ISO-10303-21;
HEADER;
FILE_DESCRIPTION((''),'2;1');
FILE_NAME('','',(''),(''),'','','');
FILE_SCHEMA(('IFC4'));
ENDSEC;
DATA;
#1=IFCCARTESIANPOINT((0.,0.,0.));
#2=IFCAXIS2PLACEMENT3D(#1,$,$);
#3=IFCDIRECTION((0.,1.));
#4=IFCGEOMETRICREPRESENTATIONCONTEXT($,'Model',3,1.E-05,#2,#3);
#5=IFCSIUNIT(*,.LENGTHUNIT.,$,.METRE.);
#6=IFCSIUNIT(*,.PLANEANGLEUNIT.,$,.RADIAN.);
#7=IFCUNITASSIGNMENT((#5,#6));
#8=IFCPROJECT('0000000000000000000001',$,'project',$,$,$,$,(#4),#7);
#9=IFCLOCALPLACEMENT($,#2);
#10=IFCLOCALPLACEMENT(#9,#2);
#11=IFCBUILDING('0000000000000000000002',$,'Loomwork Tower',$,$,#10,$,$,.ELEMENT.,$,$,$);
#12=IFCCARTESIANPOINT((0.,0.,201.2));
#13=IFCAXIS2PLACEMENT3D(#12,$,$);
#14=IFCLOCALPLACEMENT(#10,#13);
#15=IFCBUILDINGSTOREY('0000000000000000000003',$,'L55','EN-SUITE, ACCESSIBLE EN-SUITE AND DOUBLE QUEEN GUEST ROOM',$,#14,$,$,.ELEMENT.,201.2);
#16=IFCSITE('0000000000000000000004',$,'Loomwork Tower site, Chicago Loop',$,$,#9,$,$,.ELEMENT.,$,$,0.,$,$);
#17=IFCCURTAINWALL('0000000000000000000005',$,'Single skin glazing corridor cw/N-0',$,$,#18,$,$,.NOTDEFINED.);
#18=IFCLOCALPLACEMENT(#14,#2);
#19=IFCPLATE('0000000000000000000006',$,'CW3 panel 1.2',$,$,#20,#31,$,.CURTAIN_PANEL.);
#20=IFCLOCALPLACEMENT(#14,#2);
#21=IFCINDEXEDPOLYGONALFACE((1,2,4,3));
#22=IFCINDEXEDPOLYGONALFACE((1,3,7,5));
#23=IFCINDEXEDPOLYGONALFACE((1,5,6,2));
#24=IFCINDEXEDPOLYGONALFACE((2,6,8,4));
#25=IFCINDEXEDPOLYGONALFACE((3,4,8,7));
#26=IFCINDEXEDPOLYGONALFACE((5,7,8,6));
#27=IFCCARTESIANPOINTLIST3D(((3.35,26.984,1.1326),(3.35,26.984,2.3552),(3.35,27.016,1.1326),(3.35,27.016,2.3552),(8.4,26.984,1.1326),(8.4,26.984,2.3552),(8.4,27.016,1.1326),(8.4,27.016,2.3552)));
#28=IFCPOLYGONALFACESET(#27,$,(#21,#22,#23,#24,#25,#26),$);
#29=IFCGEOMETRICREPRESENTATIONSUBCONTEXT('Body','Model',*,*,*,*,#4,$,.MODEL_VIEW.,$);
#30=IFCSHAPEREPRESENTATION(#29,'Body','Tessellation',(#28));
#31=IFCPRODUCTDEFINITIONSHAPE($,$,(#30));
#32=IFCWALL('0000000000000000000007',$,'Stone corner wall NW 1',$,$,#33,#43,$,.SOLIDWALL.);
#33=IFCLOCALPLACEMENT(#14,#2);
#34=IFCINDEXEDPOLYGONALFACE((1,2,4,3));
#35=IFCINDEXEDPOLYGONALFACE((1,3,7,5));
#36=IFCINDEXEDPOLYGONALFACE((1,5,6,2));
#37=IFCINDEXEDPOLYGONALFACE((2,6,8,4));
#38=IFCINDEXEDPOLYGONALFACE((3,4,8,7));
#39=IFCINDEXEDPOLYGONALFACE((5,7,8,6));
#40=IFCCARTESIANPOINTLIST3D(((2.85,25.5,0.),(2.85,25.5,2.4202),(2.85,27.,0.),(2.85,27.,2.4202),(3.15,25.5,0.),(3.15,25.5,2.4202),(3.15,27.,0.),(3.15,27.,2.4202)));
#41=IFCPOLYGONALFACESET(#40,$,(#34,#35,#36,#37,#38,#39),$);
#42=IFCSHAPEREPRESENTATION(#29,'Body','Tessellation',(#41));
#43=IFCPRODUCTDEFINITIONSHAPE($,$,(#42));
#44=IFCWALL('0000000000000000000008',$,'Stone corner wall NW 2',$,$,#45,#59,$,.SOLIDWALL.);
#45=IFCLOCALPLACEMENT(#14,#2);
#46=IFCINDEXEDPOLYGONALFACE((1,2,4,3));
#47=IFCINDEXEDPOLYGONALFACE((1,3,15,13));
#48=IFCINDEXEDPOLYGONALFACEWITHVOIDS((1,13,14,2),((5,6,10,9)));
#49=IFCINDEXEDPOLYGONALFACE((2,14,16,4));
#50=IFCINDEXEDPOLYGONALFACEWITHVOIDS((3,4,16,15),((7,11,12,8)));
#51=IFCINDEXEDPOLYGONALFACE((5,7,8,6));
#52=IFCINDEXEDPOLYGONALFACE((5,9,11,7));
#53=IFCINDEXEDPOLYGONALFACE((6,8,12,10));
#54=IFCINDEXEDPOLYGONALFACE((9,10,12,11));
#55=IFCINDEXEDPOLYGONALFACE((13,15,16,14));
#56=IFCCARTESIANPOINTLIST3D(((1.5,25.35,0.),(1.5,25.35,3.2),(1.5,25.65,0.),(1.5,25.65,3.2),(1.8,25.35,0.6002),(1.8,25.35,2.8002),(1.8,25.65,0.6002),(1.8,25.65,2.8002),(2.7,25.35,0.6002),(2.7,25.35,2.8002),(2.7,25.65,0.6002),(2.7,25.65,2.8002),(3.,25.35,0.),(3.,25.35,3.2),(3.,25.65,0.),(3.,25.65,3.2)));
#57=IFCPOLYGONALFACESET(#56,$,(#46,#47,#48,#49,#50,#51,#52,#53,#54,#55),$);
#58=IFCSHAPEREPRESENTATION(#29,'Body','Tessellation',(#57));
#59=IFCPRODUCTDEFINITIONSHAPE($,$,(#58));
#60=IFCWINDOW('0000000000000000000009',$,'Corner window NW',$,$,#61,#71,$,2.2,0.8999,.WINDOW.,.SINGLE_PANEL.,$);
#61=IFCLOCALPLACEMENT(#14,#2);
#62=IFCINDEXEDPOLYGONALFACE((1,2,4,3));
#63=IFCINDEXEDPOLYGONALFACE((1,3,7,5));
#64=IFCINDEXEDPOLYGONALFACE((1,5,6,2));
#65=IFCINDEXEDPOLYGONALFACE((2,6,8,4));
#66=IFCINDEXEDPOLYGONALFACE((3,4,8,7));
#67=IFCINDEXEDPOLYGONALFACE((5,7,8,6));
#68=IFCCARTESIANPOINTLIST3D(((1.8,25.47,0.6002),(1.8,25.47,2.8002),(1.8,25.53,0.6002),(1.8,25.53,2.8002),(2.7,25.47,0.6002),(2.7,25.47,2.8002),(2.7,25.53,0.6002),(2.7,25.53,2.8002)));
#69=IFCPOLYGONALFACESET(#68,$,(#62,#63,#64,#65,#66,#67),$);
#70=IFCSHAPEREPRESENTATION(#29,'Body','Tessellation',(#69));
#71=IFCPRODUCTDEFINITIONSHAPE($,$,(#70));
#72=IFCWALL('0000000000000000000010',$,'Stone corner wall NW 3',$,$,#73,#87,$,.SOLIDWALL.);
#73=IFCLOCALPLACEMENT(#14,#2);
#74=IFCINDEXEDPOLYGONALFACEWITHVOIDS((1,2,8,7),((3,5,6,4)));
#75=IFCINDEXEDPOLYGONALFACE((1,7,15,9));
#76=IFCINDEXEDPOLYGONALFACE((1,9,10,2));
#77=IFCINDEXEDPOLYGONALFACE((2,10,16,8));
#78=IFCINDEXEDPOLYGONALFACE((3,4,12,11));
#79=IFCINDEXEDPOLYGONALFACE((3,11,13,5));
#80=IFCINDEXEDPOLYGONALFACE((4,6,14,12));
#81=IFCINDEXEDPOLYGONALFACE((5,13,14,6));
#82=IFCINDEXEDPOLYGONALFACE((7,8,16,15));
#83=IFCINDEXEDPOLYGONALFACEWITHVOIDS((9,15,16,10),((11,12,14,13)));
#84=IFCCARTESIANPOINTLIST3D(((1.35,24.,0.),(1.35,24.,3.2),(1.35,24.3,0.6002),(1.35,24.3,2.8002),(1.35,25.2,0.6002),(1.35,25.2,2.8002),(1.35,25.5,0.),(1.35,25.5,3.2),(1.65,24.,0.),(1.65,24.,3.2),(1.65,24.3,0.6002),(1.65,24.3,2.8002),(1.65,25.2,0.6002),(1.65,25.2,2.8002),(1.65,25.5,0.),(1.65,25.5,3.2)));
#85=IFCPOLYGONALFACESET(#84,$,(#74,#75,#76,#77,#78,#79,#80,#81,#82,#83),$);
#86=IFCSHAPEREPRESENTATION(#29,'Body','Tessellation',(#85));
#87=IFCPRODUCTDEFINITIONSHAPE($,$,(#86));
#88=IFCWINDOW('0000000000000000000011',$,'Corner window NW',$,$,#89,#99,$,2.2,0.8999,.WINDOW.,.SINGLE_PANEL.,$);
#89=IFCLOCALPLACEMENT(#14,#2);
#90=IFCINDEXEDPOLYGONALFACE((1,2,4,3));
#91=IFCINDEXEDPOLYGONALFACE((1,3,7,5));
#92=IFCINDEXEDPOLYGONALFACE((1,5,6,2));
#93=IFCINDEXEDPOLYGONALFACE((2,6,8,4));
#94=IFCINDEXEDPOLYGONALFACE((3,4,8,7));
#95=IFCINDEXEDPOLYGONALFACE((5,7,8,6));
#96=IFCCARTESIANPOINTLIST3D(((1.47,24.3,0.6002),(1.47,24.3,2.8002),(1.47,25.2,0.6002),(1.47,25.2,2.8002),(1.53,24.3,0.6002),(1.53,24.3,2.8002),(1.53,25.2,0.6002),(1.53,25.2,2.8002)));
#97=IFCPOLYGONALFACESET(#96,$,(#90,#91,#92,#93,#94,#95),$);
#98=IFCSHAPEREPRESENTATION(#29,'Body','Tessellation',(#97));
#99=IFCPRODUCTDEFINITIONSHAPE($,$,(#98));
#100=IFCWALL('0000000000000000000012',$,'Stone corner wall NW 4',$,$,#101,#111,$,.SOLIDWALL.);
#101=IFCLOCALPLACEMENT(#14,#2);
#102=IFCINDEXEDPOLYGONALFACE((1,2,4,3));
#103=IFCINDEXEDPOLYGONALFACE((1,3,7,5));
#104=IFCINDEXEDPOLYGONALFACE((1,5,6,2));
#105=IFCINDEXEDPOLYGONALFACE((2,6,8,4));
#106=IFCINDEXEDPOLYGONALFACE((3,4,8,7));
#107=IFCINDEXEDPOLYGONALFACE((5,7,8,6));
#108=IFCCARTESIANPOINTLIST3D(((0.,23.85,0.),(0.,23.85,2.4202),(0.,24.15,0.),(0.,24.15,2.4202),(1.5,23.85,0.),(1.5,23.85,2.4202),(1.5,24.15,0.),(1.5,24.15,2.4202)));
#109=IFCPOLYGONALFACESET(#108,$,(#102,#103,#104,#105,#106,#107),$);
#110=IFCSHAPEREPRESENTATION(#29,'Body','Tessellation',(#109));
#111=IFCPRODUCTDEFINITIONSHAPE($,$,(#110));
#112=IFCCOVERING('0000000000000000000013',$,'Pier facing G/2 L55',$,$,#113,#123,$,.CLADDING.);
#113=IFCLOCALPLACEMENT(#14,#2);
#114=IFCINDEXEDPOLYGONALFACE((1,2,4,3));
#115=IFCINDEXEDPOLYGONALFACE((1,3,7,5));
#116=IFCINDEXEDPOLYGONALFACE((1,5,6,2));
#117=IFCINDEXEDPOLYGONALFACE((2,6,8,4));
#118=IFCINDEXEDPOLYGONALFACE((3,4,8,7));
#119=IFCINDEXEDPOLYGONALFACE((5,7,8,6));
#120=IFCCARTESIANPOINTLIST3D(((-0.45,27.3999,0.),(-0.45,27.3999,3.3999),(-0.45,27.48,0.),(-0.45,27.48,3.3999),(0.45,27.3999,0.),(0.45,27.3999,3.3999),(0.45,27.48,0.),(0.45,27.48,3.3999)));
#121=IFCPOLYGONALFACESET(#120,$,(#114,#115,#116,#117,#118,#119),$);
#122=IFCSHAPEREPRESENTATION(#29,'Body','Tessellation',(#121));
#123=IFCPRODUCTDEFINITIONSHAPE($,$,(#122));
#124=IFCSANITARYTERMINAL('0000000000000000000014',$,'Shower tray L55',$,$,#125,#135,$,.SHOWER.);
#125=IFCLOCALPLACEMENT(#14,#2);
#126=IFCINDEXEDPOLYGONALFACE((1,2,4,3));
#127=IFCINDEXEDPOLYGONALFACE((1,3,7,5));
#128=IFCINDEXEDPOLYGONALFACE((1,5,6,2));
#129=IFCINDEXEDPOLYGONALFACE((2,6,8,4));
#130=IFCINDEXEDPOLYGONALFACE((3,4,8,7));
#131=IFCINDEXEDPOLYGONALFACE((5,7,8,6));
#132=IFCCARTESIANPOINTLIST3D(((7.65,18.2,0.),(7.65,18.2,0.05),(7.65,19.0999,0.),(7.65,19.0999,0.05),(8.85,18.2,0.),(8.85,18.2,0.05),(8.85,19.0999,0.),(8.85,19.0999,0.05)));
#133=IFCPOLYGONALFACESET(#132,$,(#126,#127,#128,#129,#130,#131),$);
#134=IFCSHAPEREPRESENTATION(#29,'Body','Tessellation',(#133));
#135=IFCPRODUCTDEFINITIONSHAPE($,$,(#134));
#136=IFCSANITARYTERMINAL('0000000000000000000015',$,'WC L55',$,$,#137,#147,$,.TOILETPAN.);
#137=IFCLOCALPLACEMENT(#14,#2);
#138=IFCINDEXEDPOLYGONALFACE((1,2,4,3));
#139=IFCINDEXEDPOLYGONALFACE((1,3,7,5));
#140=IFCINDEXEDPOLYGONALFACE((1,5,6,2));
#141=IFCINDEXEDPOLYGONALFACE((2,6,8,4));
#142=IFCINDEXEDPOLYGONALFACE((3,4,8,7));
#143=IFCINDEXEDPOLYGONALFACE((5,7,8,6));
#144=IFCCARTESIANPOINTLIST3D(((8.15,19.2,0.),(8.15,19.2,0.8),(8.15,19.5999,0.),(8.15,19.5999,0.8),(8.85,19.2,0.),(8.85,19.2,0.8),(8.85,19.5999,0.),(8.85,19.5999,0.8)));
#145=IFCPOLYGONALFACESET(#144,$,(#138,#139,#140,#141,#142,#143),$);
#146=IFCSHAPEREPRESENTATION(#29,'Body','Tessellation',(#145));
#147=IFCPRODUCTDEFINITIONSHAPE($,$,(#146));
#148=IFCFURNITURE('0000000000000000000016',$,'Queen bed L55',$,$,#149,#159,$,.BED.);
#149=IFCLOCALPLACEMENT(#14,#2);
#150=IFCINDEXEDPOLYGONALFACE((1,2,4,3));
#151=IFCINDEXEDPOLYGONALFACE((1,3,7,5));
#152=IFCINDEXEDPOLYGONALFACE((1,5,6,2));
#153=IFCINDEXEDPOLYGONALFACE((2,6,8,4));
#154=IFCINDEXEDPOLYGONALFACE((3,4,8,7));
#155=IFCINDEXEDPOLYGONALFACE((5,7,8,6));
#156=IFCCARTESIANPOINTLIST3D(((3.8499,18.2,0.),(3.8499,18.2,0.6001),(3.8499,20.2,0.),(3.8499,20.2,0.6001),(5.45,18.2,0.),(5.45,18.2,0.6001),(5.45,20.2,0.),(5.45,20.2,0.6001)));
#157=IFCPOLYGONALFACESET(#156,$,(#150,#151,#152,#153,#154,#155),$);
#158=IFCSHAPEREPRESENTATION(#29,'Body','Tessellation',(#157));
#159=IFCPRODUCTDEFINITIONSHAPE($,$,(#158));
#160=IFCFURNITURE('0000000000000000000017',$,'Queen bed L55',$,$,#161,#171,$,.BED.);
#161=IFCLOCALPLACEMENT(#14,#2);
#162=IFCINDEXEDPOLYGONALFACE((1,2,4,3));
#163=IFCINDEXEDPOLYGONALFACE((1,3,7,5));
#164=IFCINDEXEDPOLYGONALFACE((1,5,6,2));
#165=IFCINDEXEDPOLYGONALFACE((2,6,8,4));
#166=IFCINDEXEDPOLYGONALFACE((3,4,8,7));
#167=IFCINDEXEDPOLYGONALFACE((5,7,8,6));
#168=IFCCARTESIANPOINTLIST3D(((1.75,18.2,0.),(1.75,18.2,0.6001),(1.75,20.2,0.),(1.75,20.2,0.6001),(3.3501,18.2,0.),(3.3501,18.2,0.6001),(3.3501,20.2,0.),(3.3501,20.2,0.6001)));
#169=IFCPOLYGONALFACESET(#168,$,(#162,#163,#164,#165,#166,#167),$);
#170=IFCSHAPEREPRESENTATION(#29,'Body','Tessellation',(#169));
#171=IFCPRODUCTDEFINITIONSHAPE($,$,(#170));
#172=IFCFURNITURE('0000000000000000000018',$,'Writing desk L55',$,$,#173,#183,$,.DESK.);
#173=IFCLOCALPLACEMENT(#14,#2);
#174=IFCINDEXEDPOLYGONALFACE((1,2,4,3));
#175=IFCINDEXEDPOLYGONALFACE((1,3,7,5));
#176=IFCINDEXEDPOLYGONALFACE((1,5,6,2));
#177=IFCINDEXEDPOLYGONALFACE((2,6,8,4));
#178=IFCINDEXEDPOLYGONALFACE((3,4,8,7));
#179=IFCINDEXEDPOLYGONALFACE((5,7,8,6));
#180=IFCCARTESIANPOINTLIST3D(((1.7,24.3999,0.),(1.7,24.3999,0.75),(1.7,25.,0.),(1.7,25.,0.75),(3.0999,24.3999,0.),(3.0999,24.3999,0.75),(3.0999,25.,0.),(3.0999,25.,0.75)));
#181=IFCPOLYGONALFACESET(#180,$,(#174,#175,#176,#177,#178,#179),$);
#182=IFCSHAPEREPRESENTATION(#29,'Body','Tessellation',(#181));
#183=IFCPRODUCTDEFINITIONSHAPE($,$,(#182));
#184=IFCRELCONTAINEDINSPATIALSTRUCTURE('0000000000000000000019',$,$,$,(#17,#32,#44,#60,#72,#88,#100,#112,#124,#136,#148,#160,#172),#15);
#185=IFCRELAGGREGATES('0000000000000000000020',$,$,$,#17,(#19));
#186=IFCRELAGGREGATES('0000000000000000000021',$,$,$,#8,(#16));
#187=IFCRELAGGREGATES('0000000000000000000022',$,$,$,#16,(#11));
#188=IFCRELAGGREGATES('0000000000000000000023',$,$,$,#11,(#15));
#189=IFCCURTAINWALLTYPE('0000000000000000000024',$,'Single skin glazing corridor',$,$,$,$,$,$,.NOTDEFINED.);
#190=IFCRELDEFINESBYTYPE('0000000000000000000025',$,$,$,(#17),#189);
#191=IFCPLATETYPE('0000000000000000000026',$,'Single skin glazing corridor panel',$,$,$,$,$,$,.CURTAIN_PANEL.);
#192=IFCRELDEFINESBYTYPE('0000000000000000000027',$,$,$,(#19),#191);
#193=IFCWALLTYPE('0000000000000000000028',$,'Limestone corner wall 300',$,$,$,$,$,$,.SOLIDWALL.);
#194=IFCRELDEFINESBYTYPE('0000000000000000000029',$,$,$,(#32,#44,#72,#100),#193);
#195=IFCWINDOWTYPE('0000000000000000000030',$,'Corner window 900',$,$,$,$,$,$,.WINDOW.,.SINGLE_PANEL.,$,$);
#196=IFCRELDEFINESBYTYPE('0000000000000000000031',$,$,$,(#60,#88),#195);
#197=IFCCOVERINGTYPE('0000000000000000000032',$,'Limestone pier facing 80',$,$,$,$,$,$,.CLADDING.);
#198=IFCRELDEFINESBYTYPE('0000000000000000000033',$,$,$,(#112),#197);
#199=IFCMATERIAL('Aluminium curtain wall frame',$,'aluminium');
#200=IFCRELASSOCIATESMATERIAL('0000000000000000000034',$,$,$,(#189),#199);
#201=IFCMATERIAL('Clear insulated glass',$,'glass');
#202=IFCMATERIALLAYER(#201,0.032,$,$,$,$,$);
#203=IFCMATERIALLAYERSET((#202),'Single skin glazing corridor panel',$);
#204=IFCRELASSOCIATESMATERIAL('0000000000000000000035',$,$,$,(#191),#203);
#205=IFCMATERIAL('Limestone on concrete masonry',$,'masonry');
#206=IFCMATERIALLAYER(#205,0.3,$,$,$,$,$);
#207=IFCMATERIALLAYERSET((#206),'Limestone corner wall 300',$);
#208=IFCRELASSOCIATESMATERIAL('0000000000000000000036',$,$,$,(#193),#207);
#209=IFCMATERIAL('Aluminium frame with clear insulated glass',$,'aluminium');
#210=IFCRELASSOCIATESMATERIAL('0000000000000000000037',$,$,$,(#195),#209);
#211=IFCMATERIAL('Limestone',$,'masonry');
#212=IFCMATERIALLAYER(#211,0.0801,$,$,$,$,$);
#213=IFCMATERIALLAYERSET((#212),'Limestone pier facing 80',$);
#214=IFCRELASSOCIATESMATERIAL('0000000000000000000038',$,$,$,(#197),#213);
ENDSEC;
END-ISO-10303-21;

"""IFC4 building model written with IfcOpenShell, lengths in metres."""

from ifc_helpers import new_model, si_unit, direction, frame, frame_2d, origin, origin_2d, place, context, subcontext, project, spatial, rectangle, extrude, material, layer, layer_set, type_object, element, fill, aggregate, save


model = new_model("IFC4")

# Units and contexts
model_context = context("Model", 3, precision=1e-05, world=origin(), true_north=direction((0.0, 1.0)))
body_context = subcontext(model_context, "Body", "Model", "MODEL_VIEW")
ifc_project = project(units=[si_unit("LENGTHUNIT", "METRE"), si_unit("PLANEANGLEUNIT", "RADIAN")], contexts=[model_context])

# Site, building, storey
site_placement = place(None, origin())
site = spatial("IfcSite", under=ifc_project, at=site_placement, Name="Loomwork Tower site, Chicago Loop", CompositionType="ELEMENT", RefElevation=0.0)
building_placement = place(site_placement, origin())
building = spatial("IfcBuilding", under=site, at=building_placement, Name="Loomwork Tower", CompositionType="ELEMENT")
storey_placement = place(building_placement, frame((0.0, 0.0, 201.2)))
storey = spatial("IfcBuildingStorey", under=building, at=storey_placement, Name="L55", Description="EN-SUITE, ACCESSIBLE EN-SUITE AND DOUBLE QUEEN GUEST ROOM", CompositionType="ELEMENT", Elevation=201.2)

# Curtain wall
ifc_material_1 = material(Name="Aluminium curtain wall frame", Category="aluminium")
curtain_wall_type_1 = type_object("IfcCurtainWallType", Name="Single skin glazing corridor", PredefinedType="NOTDEFINED", material=ifc_material_1)
curtain_wall_1_placement = place(storey_placement, origin())
curtain_wall_1 = element("IfcCurtainWall", 1, at=curtain_wall_1_placement, inside=storey, type_object=curtain_wall_type_1, Name="Single skin glazing corridor cw/N-0", PredefinedType="NOTDEFINED")

# Plate
ifc_material_2 = material(Name="Clear insulated glass", Category="glass")
ifc_layer_1 = layer(ifc_material_2, 0.032)
ifc_layer_set_1 = layer_set([ifc_layer_1], Name="Single skin glazing corridor panel")
plate_type_1 = type_object("IfcPlateType", Name="Single skin glazing corridor panel", PredefinedType="CURTAIN_PANEL", material=ifc_layer_set_1)
plate_1_placement = place(storey_placement, frame((5.875, 27.0, 1.1326), z_axis=(0.0, 0.0, 1.0), x_axis=(-1.0, 0.0, 0.0)))
plate_1 = element("IfcPlate", 2, at=plate_1_placement, type_object=plate_type_1, Name="CW3 panel 1.2", PredefinedType="CURTAIN_PANEL", context=body_context, shape_type="SweptSolid", body=[
    extrude(rectangle(XDim=5.05, YDim=0.032, at=origin_2d()), origin(), (0.0, 0.0, 1.0), 1.2227),
])
aggregate(curtain_wall_1, [plate_1])

# Wall
ifc_material_3 = material(Name="Limestone on concrete masonry", Category="masonry")
ifc_layer_2 = layer(ifc_material_3, 0.3)
ifc_layer_set_2 = layer_set([ifc_layer_2], Name="Limestone corner wall 300")
wall_type = type_object("IfcWallType", Name="Limestone corner wall 300", PredefinedType="SOLIDWALL", material=ifc_layer_set_2)
wall_1_placement = place(storey_placement, frame((3.0, 27.0, 0.0), z_axis=(0.0, 0.0, 1.0), x_axis=(0.0, -1.0, 0.0)))
element("IfcWall", 3, at=wall_1_placement, inside=storey, type_object=wall_type, Name="Stone corner wall NW 1", PredefinedType="SOLIDWALL", context=body_context, shape_type="SweptSolid", body=[
    extrude(rectangle(XDim=1.5, YDim=0.3, at=frame_2d((0.75, 0.0))), origin(), (0.0, 0.0, 1.0), 2.4202),
])

# Walls, openings, windows
wall_2_placement = place(storey_placement, frame((3.0, 25.5, 0.0), z_axis=(0.0, 0.0, 1.0), x_axis=(-1.0, 0.0, 0.0)))
wall_2 = element("IfcWall", 4, at=wall_2_placement, inside=storey, type_object=wall_type, Name="Stone corner wall NW 2", PredefinedType="SOLIDWALL", context=body_context, shape_type="SweptSolid", body=[
    extrude(rectangle(XDim=1.5, YDim=0.3, at=frame_2d((0.75, 0.0))), origin(), (0.0, 0.0, 1.0), 3.2),
])
opening_1_placement = place(wall_2_placement, frame((0.3, 0.0, 0.6001)))
opening_1 = element("IfcOpeningElement", 5, at=opening_1_placement, cuts=wall_2, PredefinedType="OPENING", context=body_context, shape_type="SweptSolid", body=[
    extrude(rectangle(XDim=0.8999, YDim=2.2, at=frame_2d((0.45, 1.1001))), frame((0.0, 0.1599, 0.0), z_axis=(0.0, -1.0, 0.0), x_axis=(1.0, 0.0, 0.0)), (0.0, 0.0, 1.0), 0.3201),
])
ifc_material_4 = material(Name="Aluminium frame with clear insulated glass", Category="aluminium")
window_type = type_object("IfcWindowType", Name="Corner window 900", PartitioningType="SINGLE_PANEL", PredefinedType="WINDOW", material=ifc_material_4)
window_1_placement = place(opening_1_placement, origin())
window_1 = element("IfcWindow", 6, at=window_1_placement, inside=storey, type_object=window_type, Name="Corner window NW", OverallHeight=2.2, OverallWidth=0.8999, PartitioningType="SINGLE_PANEL", PredefinedType="WINDOW", context=body_context, shape_type="SweptSolid", body=[
    extrude(rectangle(XDim=0.8999, YDim=2.2, at=frame_2d((0.45, 1.1001))), frame((0.0, 0.03, 0.0), z_axis=(0.0, -1.0, 0.0), x_axis=(1.0, 0.0, 0.0)), (0.0, 0.0, 1.0), 0.0601),
])
fill(opening_1, window_1)
wall_3_placement = place(storey_placement, frame((1.5, 25.5, 0.0), z_axis=(0.0, 0.0, 1.0), x_axis=(0.0, -1.0, 0.0)))
wall_3 = element("IfcWall", 7, at=wall_3_placement, inside=storey, type_object=wall_type, Name="Stone corner wall NW 3", PredefinedType="SOLIDWALL", context=body_context, shape_type="SweptSolid", body=[
    extrude(rectangle(XDim=1.5, YDim=0.3, at=frame_2d((0.75, 0.0))), origin(), (0.0, 0.0, 1.0), 3.2),
])
opening_2_placement = place(wall_3_placement, frame((0.3, 0.0, 0.6001)))
opening_2 = element("IfcOpeningElement", 8, at=opening_2_placement, cuts=wall_3, PredefinedType="OPENING", context=body_context, shape_type="SweptSolid", body=[
    extrude(rectangle(XDim=0.8999, YDim=2.2, at=frame_2d((0.45, 1.1001))), frame((0.0, 0.1599, 0.0), z_axis=(0.0, -1.0, 0.0), x_axis=(1.0, 0.0, 0.0)), (0.0, 0.0, 1.0), 0.3201),
])
window_2_placement = place(opening_2_placement, origin())
window_2 = element("IfcWindow", 9, at=window_2_placement, inside=storey, type_object=window_type, Name="Corner window NW", OverallHeight=2.2, OverallWidth=0.8999, PartitioningType="SINGLE_PANEL", PredefinedType="WINDOW", context=body_context, shape_type="SweptSolid", body=[
    extrude(rectangle(XDim=0.8999, YDim=2.2, at=frame_2d((0.45, 1.1001))), frame((0.0, 0.03, 0.0), z_axis=(0.0, -1.0, 0.0), x_axis=(1.0, 0.0, 0.0)), (0.0, 0.0, 1.0), 0.0601),
])
fill(opening_2, window_2)

# Wall
wall_4_placement = place(storey_placement, frame((1.5, 24.0, 0.0), z_axis=(0.0, 0.0, 1.0), x_axis=(-1.0, 0.0, 0.0)))
element("IfcWall", 10, at=wall_4_placement, inside=storey, type_object=wall_type, Name="Stone corner wall NW 4", PredefinedType="SOLIDWALL", context=body_context, shape_type="SweptSolid", body=[
    extrude(rectangle(XDim=1.5, YDim=0.3, at=frame_2d((0.75, 0.0))), origin(), (0.0, 0.0, 1.0), 2.4202),
])

# Covering
ifc_material_5 = material(Name="Limestone", Category="masonry")
ifc_layer_3 = layer(ifc_material_5, 0.0801)
ifc_layer_set_3 = layer_set([ifc_layer_3], Name="Limestone pier facing 80")
covering_type = type_object("IfcCoveringType", Name="Limestone pier facing 80", PredefinedType="CLADDING", material=ifc_layer_set_3)
covering_placement = place(storey_placement, frame((0.0, 27.4399, 0.0), z_axis=(0.0, 0.0, 1.0), x_axis=(1.0, 0.0, 0.0)))
element("IfcCovering", 11, at=covering_placement, inside=storey, type_object=covering_type, Name="Pier facing G/2 L55", PredefinedType="CLADDING", context=body_context, shape_type="SweptSolid", body=[
    extrude(rectangle(XDim=0.8999, YDim=0.0801, at=origin_2d()), origin(), (0.0, 0.0, 1.0), 3.3999),
])

# Sanitary terminals
sanitary_terminal_1_placement = place(storey_placement, frame((8.25, 18.6499, 0.0), z_axis=(0.0, 0.0, 1.0), x_axis=(1.0, 0.0, 0.0)))
element("IfcSanitaryTerminal", 12, at=sanitary_terminal_1_placement, inside=storey, Name="Shower tray L55", PredefinedType="SHOWER", context=body_context, shape_type="SweptSolid", body=[
    extrude(rectangle(XDim=1.2, YDim=0.8999, at=origin_2d()), origin(), (0.0, 0.0, 1.0), 0.05),
])
sanitary_terminal_2_placement = place(storey_placement, frame((8.5, 19.3999, 0.0), z_axis=(0.0, 0.0, 1.0), x_axis=(1.0, 0.0, 0.0)))
element("IfcSanitaryTerminal", 13, at=sanitary_terminal_2_placement, inside=storey, Name="WC L55", PredefinedType="TOILETPAN", context=body_context, shape_type="SweptSolid", body=[
    extrude(rectangle(XDim=0.7, YDim=0.3999, at=origin_2d()), origin(), (0.0, 0.0, 1.0), 0.8),
])

# Furniture
for number, where, z_axis, x_axis, name in (
    (14, (4.6499, 19.2, 0.0), (0.0, 0.0, 1.0), (1.0, 0.0, 0.0), "Queen bed L55"),
    (15, (2.55, 19.2, 0.0), (0.0, 0.0, 1.0), (1.0, 0.0, 0.0), "Queen bed L55"),
):
    element("IfcFurniture", number, at=place(storey_placement, frame(where, z_axis=z_axis, x_axis=x_axis)), inside=storey, Name=name, PredefinedType="BED", context=body_context, shape_type="SweptSolid", body=[
        extrude(rectangle(XDim=1.6001, YDim=2.0, at=origin_2d()), origin(), (0.0, 0.0, 1.0), 0.6001),
    ])
furniture_1_placement = place(storey_placement, frame((2.3999, 24.7, 0.0), z_axis=(0.0, 0.0, 1.0), x_axis=(1.0, 0.0, 0.0)))
element("IfcFurniture", 16, at=furniture_1_placement, inside=storey, Name="Writing desk L55", PredefinedType="DESK", context=body_context, shape_type="SweptSolid", body=[
    extrude(rectangle(XDim=1.3999, YDim=0.6001, at=origin_2d()), origin(), (0.0, 0.0, 1.0), 0.75),
])

save(model, "model.ifc")
